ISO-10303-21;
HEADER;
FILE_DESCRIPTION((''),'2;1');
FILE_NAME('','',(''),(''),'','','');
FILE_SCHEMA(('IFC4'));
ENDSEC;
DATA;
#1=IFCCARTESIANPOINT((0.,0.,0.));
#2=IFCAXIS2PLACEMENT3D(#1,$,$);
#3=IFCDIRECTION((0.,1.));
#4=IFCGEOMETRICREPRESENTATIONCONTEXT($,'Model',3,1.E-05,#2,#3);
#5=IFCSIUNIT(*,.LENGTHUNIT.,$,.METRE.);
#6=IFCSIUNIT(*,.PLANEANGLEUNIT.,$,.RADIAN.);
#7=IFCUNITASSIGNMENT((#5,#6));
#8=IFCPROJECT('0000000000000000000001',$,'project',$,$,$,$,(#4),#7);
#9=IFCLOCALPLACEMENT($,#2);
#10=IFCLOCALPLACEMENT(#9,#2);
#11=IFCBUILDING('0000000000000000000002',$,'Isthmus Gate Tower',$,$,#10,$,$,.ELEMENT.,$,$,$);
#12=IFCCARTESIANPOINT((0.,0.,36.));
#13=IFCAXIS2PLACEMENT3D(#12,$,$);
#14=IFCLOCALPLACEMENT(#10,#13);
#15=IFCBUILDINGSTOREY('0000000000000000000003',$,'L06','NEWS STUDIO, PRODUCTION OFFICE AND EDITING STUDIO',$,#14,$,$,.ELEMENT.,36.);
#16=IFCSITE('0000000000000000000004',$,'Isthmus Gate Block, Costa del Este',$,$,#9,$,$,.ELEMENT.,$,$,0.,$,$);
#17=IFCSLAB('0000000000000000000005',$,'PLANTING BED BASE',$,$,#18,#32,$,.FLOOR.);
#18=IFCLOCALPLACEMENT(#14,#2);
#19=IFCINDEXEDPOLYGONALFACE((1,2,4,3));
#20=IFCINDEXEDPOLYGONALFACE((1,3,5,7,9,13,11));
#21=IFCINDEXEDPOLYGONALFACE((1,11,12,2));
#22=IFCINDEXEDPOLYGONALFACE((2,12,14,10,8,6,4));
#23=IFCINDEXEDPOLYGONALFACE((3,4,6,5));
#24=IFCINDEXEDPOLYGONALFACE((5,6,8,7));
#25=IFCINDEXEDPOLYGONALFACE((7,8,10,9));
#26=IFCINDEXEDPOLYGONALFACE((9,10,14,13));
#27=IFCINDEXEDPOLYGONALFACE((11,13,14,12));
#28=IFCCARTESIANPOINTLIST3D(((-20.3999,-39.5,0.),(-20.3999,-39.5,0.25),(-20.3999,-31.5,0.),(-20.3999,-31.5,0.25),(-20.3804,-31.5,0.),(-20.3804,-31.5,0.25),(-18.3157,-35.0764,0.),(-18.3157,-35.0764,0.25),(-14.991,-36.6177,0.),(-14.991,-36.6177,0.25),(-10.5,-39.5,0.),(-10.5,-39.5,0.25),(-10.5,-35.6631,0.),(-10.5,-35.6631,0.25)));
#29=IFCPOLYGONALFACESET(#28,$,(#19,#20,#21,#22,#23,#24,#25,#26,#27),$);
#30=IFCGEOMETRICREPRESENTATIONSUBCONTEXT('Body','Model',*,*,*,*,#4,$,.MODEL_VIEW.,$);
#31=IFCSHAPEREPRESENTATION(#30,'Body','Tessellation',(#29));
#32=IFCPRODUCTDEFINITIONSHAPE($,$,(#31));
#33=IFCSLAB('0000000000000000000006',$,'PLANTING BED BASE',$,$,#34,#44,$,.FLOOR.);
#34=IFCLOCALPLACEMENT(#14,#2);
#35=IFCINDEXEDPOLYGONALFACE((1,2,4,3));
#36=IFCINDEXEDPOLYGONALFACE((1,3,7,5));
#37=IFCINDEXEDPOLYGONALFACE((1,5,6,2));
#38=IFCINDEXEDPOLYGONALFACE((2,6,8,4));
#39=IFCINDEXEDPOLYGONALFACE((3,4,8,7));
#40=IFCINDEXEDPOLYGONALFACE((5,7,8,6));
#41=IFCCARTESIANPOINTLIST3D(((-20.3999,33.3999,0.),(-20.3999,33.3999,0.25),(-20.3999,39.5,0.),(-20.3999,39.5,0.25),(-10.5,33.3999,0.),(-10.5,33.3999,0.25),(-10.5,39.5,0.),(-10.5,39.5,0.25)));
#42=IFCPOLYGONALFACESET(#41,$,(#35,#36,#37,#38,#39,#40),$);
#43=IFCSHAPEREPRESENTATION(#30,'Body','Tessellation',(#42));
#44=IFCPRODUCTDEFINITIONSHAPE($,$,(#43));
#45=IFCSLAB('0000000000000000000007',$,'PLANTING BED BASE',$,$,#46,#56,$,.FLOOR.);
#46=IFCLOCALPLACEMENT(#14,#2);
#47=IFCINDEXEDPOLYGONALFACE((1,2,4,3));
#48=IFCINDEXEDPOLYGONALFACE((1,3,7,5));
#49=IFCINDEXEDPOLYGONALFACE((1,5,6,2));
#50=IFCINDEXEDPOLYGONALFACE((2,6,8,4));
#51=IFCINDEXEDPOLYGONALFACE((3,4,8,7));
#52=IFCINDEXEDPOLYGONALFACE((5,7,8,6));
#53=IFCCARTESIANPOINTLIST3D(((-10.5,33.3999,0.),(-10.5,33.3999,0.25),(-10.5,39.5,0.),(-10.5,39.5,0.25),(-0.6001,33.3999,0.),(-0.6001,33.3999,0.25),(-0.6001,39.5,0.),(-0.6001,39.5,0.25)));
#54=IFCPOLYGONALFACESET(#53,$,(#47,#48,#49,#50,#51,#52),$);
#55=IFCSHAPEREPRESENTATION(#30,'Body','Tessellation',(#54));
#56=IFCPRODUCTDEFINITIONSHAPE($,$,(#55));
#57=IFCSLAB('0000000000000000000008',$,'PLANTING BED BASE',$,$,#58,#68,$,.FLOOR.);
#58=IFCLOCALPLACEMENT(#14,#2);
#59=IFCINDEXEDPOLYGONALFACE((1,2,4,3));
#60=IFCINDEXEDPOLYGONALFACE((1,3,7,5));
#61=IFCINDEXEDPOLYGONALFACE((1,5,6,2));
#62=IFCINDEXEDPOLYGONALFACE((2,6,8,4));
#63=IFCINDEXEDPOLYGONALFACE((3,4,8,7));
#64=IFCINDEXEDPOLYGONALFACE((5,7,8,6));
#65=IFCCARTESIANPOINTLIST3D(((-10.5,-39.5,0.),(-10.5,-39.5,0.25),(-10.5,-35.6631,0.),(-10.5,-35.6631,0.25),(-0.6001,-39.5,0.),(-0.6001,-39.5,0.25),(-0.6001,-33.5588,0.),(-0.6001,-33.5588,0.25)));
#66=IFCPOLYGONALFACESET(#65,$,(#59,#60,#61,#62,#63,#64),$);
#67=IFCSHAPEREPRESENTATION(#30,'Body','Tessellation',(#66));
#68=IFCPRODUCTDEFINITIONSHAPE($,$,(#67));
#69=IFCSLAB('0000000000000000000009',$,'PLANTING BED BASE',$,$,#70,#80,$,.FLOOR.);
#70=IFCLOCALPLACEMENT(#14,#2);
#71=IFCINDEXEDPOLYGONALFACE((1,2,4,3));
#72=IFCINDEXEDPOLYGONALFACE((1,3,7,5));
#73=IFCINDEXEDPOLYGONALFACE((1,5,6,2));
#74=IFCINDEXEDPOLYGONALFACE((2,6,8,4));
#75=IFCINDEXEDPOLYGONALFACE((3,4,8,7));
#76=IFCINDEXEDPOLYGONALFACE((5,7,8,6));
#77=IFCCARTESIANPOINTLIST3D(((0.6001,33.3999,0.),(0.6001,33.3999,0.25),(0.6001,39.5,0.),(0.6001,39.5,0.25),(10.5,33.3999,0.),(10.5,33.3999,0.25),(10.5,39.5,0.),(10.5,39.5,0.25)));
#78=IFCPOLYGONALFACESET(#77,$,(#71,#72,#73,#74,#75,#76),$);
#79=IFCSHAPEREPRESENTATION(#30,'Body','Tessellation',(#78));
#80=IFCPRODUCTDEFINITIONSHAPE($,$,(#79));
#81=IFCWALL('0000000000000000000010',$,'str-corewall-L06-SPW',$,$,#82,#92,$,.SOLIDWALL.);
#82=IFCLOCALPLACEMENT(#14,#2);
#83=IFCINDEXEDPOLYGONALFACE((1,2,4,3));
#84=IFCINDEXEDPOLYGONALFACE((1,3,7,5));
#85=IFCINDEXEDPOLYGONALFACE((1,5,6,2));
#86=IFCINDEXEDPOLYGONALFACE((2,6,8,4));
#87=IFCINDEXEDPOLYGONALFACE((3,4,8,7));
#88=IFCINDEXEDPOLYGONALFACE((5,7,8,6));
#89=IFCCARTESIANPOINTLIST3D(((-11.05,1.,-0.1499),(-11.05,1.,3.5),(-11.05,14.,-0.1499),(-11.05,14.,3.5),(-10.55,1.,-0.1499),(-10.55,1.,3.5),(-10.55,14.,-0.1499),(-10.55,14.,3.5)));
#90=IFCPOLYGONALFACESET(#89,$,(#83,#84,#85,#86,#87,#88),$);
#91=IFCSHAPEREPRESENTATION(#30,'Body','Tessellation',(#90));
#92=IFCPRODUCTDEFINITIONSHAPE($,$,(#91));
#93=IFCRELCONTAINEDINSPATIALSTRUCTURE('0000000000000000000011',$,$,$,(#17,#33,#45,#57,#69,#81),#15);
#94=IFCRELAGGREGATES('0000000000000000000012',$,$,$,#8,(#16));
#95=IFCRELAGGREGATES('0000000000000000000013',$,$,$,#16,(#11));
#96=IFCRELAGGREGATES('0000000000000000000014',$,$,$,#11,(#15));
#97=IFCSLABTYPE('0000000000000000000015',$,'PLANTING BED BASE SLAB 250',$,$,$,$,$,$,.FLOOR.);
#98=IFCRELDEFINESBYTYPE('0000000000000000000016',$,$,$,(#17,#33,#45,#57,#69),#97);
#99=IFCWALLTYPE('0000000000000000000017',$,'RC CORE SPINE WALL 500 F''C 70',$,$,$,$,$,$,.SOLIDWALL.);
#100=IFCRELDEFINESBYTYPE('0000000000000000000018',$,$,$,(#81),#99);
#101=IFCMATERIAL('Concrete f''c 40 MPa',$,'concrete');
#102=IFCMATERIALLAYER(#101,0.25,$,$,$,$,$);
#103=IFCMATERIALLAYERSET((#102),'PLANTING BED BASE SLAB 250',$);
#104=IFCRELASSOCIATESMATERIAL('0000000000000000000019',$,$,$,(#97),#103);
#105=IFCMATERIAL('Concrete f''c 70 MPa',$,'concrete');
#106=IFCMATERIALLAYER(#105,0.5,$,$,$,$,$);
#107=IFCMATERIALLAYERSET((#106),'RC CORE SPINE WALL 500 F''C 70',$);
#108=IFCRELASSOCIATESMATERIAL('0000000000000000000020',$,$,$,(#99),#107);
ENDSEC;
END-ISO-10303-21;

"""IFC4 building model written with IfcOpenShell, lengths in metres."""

from ifc_helpers import new_model, si_unit, direction, frame, frame_2d, origin, place, context, subcontext, project, spatial, polyline, rectangle, outline, extrude, material, layer, layer_set, type_object, element, save


model = new_model("IFC4")

# Units and contexts
model_context = context("Model", 3, precision=1e-05, world=origin(), true_north=direction((0.0, 1.0)))
body_context = subcontext(model_context, "Body", "Model", "MODEL_VIEW")
ifc_project = project(units=[si_unit("LENGTHUNIT", "METRE"), si_unit("PLANEANGLEUNIT", "RADIAN")], contexts=[model_context])

# Site, building, storey
site_placement = place(None, origin())
site = spatial("IfcSite", under=ifc_project, at=site_placement, Name="Isthmus Gate Block, Costa del Este", CompositionType="ELEMENT", RefElevation=0.0)
building_placement = place(site_placement, origin())
building = spatial("IfcBuilding", under=site, at=building_placement, Name="Isthmus Gate Tower", CompositionType="ELEMENT")
storey_placement = place(building_placement, frame((0.0, 0.0, 36.0)))
storey = spatial("IfcBuildingStorey", under=building, at=storey_placement, Name="L06", Description="NEWS STUDIO, PRODUCTION OFFICE AND EDITING STUDIO", CompositionType="ELEMENT", Elevation=36.0)

# Slabs
ifc_material_1 = material(Name="Concrete f'c 40 MPa", Category="concrete")
ifc_layer_1 = layer(ifc_material_1, 0.25)
ifc_layer_set_1 = layer_set([ifc_layer_1], Name="PLANTING BED BASE SLAB 250")
slab_type = type_object("IfcSlabType", Name="PLANTING BED BASE SLAB 250", PredefinedType="FLOOR", material=ifc_layer_set_1)
slab_1_placement = place(storey_placement, origin())
element("IfcSlab", 1, at=slab_1_placement, inside=storey, type_object=slab_type, Name="PLANTING BED BASE", PredefinedType="FLOOR", context=body_context, shape_type="SweptSolid", body=[
    extrude(outline(polyline([(-10.5, -39.5), (-10.5, -35.6631), (-14.991, -36.6177), (-18.3157, -35.0764), (-20.3804, -31.5), (-20.3999, -31.5), (-20.3999, -39.5), (-10.5, -39.5)])), origin(), (0.0, 0.0, 1.0), 0.25),
])
slab_2_placement = place(storey_placement, origin())
element("IfcSlab", 2, at=slab_2_placement, inside=storey, type_object=slab_type, Name="PLANTING BED BASE", PredefinedType="FLOOR", context=body_context, shape_type="SweptSolid", body=[
    extrude(outline(polyline([(-10.5, 33.3999), (-10.5, 39.5), (-20.3999, 39.5), (-20.3999, 33.3999), (-10.5, 33.3999)])), origin(), (0.0, 0.0, 1.0), 0.25),
])
slab_3_placement = place(storey_placement, origin())
element("IfcSlab", 3, at=slab_3_placement, inside=storey, type_object=slab_type, Name="PLANTING BED BASE", PredefinedType="FLOOR", context=body_context, shape_type="SweptSolid", body=[
    extrude(outline(polyline([(-0.6001, 33.3999), (-0.6001, 39.5), (-10.5, 39.5), (-10.5, 33.3999), (-0.6001, 33.3999)])), origin(), (0.0, 0.0, 1.0), 0.25),
])
slab_4_placement = place(storey_placement, origin())
element("IfcSlab", 4, at=slab_4_placement, inside=storey, type_object=slab_type, Name="PLANTING BED BASE", PredefinedType="FLOOR", context=body_context, shape_type="SweptSolid", body=[
    extrude(outline(polyline([(-0.6001, -39.5), (-0.6001, -33.5588), (-10.5, -35.6631), (-10.5, -39.5), (-0.6001, -39.5)])), origin(), (0.0, 0.0, 1.0), 0.25),
])
slab_5_placement = place(storey_placement, origin())
element("IfcSlab", 5, at=slab_5_placement, inside=storey, type_object=slab_type, Name="PLANTING BED BASE", PredefinedType="FLOOR", context=body_context, shape_type="SweptSolid", body=[
    extrude(outline(polyline([(10.5, 33.3999), (10.5, 39.5), (0.6001, 39.5), (0.6001, 33.3999), (10.5, 33.3999)])), origin(), (0.0, 0.0, 1.0), 0.25),
])

# Wall
ifc_material_2 = material(Name="Concrete f'c 70 MPa", Category="concrete")
ifc_layer_2 = layer(ifc_material_2, 0.5)
ifc_layer_set_2 = layer_set([ifc_layer_2], Name="RC CORE SPINE WALL 500 F'C 70")
wall_type_1 = type_object("IfcWallType", Name="RC CORE SPINE WALL 500 F'C 70", PredefinedType="SOLIDWALL", material=ifc_layer_set_2)
wall_1_placement = place(storey_placement, frame((-10.8, 1.0, -0.1499), z_axis=(0.0, 0.0, 1.0), x_axis=(0.0, 1.0, 0.0)))
element("IfcWall", 6, at=wall_1_placement, inside=storey, type_object=wall_type_1, Name="str-corewall-L06-SPW", PredefinedType="SOLIDWALL", context=body_context, shape_type="SweptSolid", body=[
    extrude(rectangle(XDim=13.0, YDim=0.5, at=frame_2d((6.5, 0.0))), origin(), (0.0, 0.0, 1.0), 3.6499),
])

save(model, "model.ifc")
